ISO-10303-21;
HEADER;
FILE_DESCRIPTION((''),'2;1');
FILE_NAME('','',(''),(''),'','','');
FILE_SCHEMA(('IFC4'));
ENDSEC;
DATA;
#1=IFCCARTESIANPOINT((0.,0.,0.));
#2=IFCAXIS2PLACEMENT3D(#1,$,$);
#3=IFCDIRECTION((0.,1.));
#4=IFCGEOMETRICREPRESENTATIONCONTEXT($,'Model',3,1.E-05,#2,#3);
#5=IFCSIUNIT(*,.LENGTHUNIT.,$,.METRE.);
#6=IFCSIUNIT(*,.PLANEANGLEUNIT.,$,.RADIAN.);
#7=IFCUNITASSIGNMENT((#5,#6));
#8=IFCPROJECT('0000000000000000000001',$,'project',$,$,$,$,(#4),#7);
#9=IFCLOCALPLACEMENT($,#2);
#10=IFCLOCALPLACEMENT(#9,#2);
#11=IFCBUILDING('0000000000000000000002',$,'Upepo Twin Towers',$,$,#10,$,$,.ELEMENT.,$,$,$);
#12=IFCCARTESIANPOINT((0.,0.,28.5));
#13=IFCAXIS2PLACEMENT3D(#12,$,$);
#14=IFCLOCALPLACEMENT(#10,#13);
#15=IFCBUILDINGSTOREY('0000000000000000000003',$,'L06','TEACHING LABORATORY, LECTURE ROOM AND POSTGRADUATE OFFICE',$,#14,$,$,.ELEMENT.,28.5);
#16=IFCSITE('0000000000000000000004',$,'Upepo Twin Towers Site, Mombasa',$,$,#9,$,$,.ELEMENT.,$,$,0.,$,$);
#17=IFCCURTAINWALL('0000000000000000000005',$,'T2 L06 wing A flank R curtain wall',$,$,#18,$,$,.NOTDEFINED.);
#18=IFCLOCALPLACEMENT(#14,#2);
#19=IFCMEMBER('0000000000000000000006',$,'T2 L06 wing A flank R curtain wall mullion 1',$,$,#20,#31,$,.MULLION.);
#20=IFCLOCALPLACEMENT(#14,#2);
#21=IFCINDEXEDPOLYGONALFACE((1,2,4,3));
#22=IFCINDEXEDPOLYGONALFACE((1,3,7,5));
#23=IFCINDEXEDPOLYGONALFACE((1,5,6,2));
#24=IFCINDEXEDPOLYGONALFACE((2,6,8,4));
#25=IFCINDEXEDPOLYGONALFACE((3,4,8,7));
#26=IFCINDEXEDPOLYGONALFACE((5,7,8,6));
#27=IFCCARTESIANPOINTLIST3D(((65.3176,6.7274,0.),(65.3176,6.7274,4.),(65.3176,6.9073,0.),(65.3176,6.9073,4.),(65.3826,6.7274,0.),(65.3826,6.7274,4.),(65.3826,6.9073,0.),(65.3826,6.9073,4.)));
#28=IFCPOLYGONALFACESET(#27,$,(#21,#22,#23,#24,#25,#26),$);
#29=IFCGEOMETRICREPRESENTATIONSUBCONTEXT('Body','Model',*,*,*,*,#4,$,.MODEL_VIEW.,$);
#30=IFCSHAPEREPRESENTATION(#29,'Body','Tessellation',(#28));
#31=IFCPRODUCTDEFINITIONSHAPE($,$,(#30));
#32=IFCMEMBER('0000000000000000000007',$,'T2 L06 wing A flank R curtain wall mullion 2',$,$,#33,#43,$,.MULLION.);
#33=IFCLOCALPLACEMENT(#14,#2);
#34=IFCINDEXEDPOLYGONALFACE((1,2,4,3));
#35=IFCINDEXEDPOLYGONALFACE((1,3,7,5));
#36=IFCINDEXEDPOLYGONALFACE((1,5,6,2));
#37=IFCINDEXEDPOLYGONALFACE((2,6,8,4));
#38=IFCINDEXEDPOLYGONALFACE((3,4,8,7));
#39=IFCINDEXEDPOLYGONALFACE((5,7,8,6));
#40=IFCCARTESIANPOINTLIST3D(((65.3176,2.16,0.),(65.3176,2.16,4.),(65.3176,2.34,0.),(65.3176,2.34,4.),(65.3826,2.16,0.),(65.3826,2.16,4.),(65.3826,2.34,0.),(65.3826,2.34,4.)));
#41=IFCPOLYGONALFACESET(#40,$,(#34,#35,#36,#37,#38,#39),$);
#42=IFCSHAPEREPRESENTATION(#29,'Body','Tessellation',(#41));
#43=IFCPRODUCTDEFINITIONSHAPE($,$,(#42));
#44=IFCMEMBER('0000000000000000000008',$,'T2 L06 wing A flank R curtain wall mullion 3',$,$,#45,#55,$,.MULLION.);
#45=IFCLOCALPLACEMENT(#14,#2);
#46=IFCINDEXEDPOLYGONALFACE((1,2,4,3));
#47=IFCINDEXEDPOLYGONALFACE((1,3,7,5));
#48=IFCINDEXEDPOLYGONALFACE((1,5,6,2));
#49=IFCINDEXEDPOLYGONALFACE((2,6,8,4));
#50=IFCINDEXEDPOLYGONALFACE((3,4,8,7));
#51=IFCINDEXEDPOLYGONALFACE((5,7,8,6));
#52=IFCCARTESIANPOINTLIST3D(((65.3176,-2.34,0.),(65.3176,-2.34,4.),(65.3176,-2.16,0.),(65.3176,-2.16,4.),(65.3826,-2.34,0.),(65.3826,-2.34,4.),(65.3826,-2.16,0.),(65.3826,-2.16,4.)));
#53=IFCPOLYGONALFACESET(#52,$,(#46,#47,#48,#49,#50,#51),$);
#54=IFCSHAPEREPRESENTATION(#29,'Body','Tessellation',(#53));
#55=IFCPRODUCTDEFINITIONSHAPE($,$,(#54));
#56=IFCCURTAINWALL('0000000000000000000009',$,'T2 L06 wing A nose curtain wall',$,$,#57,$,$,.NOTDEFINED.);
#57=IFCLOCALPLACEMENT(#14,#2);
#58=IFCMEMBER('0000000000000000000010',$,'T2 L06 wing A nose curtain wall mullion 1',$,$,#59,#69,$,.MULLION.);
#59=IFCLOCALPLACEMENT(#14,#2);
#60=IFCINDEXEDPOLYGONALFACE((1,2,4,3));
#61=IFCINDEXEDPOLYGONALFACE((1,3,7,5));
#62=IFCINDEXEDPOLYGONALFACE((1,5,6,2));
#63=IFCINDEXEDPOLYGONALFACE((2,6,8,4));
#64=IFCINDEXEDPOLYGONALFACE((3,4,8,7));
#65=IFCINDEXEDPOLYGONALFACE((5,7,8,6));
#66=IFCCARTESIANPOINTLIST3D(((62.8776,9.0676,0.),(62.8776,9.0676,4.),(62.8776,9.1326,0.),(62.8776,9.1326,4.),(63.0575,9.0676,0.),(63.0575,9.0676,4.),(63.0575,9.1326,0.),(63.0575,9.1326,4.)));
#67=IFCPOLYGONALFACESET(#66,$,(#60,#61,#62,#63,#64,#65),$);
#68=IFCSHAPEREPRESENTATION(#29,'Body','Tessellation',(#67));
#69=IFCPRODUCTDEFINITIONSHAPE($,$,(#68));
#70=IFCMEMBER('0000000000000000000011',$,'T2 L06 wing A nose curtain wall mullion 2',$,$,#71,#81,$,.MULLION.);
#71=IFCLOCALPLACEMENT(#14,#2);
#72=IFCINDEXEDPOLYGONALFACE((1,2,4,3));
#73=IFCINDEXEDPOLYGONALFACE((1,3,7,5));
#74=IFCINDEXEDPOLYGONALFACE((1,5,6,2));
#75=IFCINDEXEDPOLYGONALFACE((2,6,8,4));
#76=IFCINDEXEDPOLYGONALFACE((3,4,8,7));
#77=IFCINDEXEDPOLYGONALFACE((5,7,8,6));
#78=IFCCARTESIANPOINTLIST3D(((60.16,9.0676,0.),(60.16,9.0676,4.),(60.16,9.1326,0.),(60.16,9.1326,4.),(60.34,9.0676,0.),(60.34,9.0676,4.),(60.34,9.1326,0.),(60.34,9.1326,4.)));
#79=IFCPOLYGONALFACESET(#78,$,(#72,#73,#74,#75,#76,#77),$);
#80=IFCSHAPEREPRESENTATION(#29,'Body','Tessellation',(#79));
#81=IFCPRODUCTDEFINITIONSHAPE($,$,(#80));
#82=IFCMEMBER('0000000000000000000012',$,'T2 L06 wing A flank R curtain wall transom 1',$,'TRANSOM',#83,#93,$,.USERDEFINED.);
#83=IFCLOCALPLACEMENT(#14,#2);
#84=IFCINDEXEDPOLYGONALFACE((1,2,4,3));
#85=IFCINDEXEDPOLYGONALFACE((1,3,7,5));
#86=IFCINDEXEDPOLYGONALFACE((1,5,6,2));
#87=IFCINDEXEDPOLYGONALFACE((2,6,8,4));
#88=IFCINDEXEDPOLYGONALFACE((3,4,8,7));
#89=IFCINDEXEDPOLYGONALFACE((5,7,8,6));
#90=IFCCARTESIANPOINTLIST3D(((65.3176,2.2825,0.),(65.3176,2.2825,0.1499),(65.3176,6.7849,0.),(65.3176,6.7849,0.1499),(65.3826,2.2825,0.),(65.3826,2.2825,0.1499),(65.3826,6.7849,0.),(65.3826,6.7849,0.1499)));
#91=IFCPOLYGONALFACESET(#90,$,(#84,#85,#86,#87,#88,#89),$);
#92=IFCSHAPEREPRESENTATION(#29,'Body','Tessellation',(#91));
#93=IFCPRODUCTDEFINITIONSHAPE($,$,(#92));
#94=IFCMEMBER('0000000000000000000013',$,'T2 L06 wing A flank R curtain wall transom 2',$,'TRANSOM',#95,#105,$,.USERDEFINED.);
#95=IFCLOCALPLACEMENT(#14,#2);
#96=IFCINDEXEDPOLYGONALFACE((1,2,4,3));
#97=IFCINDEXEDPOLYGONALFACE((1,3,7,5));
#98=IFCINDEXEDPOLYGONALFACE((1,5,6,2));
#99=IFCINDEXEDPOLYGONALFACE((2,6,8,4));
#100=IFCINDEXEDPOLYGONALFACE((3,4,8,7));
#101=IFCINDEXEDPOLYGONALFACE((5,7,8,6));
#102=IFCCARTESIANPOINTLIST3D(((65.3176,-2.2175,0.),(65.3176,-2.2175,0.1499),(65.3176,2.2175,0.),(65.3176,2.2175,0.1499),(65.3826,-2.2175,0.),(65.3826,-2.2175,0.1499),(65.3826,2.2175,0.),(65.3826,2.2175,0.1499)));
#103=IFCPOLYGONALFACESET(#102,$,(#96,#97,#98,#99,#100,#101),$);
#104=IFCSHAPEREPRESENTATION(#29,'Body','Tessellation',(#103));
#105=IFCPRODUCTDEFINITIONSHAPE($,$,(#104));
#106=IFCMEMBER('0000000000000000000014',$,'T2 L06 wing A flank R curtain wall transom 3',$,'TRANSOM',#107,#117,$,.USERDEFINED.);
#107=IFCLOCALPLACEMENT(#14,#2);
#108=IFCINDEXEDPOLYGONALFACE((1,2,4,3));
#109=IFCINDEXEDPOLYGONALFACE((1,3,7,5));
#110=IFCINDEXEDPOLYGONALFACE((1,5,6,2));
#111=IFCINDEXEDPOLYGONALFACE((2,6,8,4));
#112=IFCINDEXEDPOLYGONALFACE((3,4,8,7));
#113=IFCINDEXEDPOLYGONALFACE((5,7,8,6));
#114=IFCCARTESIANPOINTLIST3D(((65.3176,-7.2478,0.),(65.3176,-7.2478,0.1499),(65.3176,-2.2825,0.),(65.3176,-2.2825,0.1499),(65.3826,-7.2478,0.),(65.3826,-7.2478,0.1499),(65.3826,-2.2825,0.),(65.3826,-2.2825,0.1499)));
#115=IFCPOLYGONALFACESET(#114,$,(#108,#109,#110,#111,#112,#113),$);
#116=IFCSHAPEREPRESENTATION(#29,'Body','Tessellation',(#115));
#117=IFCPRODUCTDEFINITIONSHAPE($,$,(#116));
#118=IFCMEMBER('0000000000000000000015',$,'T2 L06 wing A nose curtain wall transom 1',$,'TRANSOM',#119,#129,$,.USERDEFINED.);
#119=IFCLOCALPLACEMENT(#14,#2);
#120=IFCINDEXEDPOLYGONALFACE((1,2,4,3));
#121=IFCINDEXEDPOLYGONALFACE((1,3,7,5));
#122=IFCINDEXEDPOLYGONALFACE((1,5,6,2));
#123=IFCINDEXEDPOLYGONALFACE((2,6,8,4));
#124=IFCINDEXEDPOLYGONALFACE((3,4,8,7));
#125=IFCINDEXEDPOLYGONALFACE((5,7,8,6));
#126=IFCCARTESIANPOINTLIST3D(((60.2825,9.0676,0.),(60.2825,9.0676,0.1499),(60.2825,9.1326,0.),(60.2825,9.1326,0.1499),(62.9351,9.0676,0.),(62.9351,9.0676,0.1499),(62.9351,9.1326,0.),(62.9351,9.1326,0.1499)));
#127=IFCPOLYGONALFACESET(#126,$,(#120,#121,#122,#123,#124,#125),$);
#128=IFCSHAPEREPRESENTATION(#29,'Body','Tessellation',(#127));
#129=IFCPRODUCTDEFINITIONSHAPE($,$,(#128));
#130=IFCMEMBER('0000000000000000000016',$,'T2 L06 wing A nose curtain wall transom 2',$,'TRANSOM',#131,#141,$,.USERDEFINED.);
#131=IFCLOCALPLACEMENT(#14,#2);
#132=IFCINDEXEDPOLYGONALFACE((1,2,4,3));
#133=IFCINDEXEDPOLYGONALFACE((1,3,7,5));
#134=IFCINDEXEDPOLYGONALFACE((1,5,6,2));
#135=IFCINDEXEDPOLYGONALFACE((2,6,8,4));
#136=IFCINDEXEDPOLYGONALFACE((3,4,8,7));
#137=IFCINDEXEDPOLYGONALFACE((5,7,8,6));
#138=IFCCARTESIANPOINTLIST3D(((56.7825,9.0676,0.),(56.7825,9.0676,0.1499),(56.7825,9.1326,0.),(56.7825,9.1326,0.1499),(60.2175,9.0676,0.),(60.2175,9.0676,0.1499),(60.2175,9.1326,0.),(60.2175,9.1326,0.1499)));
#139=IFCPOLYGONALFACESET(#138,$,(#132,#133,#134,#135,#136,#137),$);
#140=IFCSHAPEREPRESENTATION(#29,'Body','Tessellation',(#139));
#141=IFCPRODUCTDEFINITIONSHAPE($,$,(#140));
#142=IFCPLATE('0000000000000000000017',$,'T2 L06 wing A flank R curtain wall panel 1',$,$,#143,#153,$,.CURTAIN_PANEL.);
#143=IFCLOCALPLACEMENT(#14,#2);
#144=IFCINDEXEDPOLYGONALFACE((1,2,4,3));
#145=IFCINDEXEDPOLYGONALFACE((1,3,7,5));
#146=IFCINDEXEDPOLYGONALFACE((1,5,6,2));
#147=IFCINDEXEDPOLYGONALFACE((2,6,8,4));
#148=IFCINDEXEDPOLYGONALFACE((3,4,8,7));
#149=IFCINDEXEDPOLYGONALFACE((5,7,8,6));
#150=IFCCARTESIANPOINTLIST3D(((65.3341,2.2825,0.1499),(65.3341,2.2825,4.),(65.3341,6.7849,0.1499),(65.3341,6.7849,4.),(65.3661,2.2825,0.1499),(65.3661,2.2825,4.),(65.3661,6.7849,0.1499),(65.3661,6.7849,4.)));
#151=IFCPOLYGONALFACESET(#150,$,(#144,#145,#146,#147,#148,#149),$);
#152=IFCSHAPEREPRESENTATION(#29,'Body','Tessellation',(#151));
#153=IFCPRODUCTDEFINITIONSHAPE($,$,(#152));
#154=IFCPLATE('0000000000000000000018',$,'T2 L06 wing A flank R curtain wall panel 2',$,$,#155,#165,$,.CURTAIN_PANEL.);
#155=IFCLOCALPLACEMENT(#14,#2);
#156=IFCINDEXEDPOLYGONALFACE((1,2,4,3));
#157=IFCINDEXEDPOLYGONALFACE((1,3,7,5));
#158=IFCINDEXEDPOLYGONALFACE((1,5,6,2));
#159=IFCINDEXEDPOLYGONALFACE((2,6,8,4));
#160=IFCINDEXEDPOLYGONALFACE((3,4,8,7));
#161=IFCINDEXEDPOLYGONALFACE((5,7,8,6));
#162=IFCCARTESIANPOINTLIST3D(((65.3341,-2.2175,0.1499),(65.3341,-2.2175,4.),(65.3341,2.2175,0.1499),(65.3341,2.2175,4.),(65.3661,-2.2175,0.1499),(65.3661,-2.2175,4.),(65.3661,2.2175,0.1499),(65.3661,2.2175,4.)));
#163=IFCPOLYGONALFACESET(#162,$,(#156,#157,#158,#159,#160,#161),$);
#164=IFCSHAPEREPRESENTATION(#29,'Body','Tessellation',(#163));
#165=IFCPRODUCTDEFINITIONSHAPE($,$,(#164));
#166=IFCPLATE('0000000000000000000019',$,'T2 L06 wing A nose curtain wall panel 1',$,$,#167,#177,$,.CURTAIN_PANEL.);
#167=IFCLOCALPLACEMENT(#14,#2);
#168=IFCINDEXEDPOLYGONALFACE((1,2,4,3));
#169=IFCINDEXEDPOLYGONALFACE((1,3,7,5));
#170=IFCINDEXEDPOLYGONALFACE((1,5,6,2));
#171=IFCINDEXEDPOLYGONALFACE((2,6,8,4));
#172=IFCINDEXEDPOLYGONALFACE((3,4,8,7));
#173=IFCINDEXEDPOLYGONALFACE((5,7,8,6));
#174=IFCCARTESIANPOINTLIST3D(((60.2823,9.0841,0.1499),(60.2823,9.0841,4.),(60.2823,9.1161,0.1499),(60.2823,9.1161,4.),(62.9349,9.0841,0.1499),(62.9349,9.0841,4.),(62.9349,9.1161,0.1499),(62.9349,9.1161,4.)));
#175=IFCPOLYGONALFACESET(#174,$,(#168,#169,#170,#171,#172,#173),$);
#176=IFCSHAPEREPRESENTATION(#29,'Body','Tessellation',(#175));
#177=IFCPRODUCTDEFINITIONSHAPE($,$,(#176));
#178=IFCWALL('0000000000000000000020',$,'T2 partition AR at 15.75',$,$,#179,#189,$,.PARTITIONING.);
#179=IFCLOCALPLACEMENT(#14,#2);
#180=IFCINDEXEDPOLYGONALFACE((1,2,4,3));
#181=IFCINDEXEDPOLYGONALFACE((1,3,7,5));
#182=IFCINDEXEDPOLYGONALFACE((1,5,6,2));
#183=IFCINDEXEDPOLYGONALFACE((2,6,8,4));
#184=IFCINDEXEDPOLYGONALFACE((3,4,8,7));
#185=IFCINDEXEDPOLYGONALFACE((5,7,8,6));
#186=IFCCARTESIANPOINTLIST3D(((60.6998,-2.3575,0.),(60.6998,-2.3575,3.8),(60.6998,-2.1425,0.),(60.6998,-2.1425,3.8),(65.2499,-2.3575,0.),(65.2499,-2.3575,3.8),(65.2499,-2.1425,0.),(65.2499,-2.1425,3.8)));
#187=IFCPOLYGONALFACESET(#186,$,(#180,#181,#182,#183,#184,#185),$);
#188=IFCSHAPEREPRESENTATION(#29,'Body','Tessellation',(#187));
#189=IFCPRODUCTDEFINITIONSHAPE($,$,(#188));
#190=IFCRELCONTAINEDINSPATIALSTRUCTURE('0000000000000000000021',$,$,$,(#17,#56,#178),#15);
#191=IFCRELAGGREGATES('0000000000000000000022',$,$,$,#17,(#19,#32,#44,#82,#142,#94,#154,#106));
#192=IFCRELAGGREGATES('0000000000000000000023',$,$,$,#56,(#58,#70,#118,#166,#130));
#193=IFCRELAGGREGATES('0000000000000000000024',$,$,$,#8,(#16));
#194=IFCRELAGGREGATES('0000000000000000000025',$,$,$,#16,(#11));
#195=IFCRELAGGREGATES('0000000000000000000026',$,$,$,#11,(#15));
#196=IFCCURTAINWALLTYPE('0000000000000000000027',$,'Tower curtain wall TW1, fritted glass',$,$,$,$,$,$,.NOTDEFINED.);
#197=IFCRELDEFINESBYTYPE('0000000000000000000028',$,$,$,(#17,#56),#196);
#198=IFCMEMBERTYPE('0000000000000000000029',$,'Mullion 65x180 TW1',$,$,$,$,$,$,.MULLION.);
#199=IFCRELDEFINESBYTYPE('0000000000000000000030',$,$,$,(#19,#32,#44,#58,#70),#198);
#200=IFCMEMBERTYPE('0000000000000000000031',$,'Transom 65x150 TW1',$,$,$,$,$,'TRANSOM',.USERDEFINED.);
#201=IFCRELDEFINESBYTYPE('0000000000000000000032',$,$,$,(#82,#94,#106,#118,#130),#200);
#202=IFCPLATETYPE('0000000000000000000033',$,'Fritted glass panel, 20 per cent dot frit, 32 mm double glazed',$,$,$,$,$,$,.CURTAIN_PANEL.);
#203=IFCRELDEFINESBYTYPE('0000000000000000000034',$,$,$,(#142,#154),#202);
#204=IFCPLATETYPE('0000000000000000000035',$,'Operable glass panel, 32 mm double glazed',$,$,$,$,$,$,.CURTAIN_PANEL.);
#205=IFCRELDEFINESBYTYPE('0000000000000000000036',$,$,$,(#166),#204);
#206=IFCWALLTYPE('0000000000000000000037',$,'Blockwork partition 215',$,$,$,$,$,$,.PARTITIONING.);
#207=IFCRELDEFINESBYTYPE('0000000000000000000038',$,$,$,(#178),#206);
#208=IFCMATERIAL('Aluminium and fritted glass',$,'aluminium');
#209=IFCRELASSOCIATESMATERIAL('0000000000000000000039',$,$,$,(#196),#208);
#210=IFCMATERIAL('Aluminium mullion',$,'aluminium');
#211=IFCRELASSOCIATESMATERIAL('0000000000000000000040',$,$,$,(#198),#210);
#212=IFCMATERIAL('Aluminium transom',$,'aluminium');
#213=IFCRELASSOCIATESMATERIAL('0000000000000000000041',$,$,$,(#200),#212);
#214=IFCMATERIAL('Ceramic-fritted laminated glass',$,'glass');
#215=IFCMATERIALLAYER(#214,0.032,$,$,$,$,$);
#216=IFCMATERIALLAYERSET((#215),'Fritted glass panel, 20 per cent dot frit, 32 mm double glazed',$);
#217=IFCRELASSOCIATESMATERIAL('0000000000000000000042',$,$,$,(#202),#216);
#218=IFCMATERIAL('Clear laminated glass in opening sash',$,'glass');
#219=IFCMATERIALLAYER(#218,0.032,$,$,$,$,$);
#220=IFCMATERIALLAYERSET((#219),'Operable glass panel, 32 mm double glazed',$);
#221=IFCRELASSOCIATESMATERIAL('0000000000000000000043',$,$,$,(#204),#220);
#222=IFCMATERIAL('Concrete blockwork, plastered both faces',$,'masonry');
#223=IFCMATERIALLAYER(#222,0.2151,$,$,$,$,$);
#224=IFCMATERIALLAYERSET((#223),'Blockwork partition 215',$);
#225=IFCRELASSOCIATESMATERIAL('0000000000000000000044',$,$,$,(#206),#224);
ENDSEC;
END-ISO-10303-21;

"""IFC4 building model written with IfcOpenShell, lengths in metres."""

from ifc_helpers import new_model, si_unit, direction, frame, frame_2d, origin, origin_2d, place, context, subcontext, project, spatial, rectangle, extrude, material, layer, layer_set, material_profile, profile_set, type_object, element, aggregate, save


model = new_model("IFC4")

# Units and contexts
model_context = context("Model", 3, precision=1e-05, world=origin(), true_north=direction((0.0, 1.0)))
body_context = subcontext(model_context, "Body", "Model", "MODEL_VIEW")
ifc_project = project(units=[si_unit("LENGTHUNIT", "METRE"), si_unit("PLANEANGLEUNIT", "RADIAN")], contexts=[model_context])

# Site, building, storey
site_placement = place(None, origin())
site = spatial("IfcSite", under=ifc_project, at=site_placement, Name="Upepo Twin Towers Site, Mombasa", CompositionType="ELEMENT", RefElevation=0.0)
building_placement = place(site_placement, origin())
building = spatial("IfcBuilding", under=site, at=building_placement, Name="Upepo Twin Towers", CompositionType="ELEMENT")
storey_placement = place(building_placement, frame((0.0, 0.0, 28.5)))
storey = spatial("IfcBuildingStorey", under=building, at=storey_placement, Name="L06", Description="TEACHING LABORATORY, LECTURE ROOM AND POSTGRADUATE OFFICE", CompositionType="ELEMENT", Elevation=28.5)

# Curtain walls, members
ifc_material_1 = material(Name="Aluminium and fritted glass", Category="aluminium")
curtain_wall_type = type_object("IfcCurtainWallType", Name="Tower curtain wall TW1, fritted glass", PredefinedType="NOTDEFINED", material=ifc_material_1)
curtain_wall_1_placement = place(storey_placement, origin())
curtain_wall_1 = element("IfcCurtainWall", 1, at=curtain_wall_1_placement, inside=storey, type_object=curtain_wall_type, Name="T2 L06 wing A flank R curtain wall", PredefinedType="NOTDEFINED")
ifc_material_2 = material(Name="Aluminium mullion", Category="aluminium")
ifc_material_profile_1 = material_profile(ifc_material_2, rectangle(XDim=0.0649, YDim=0.1799, at=origin_2d()), Name="MULLION 65x180")
ifc_profile_set_1 = profile_set([ifc_material_profile_1], Name="Aluminium mullion")
member_type_1 = type_object("IfcMemberType", Name="Mullion 65x180 TW1", PredefinedType="MULLION", material=ifc_profile_set_1)
member_1_placement = place(storey_placement, frame((65.3501, 6.8174, 0.0), z_axis=(0.0, 0.0, 1.0), x_axis=(1.0, 0.0, 0.0)))
member_1 = element("IfcMember", 2, at=member_1_placement, type_object=member_type_1, Name="T2 L06 wing A flank R curtain wall mullion 1", PredefinedType="MULLION", context=body_context, shape_type="SweptSolid", body=[
    extrude(rectangle(XDim=0.0649, YDim=0.1799, at=origin_2d()), origin(), (0.0, 0.0, 1.0), 4.0),
])
member_2_placement = place(storey_placement, frame((65.3501, 2.25, 0.0), z_axis=(0.0, 0.0, 1.0), x_axis=(1.0, 0.0, 0.0)))
member_2 = element("IfcMember", 3, at=member_2_placement, type_object=member_type_1, Name="T2 L06 wing A flank R curtain wall mullion 2", PredefinedType="MULLION", context=body_context, shape_type="SweptSolid", body=[
    extrude(rectangle(XDim=0.0649, YDim=0.1799, at=origin_2d()), origin(), (0.0, 0.0, 1.0), 4.0),
])
member_3_placement = place(storey_placement, frame((65.3501, -2.25, 0.0), z_axis=(0.0, 0.0, 1.0), x_axis=(1.0, 0.0, 0.0)))
member_3 = element("IfcMember", 4, at=member_3_placement, type_object=member_type_1, Name="T2 L06 wing A flank R curtain wall mullion 3", PredefinedType="MULLION", context=body_context, shape_type="SweptSolid", body=[
    extrude(rectangle(XDim=0.0649, YDim=0.1799, at=origin_2d()), origin(), (0.0, 0.0, 1.0), 4.0),
])
curtain_wall_2_placement = place(storey_placement, origin())
curtain_wall_2 = element("IfcCurtainWall", 5, at=curtain_wall_2_placement, inside=storey, type_object=curtain_wall_type, Name="T2 L06 wing A nose curtain wall", PredefinedType="NOTDEFINED")
member_4_placement = place(storey_placement, frame((62.9675, 9.1001, 0.0), z_axis=(0.0, 0.0, 1.0), x_axis=(0.0, -1.0, 0.0)))
member_4 = element("IfcMember", 6, at=member_4_placement, type_object=member_type_1, Name="T2 L06 wing A nose curtain wall mullion 1", PredefinedType="MULLION", context=body_context, shape_type="SweptSolid", body=[
    extrude(rectangle(XDim=0.0649, YDim=0.1799, at=origin_2d()), origin(), (0.0, 0.0, 1.0), 4.0),
])
member_5_placement = place(storey_placement, frame((60.25, 9.1001, 0.0), z_axis=(0.0, 0.0, 1.0), x_axis=(0.0, -1.0, 0.0)))
member_5 = element("IfcMember", 7, at=member_5_placement, type_object=member_type_1, Name="T2 L06 wing A nose curtain wall mullion 2", PredefinedType="MULLION", context=body_context, shape_type="SweptSolid", body=[
    extrude(rectangle(XDim=0.0649, YDim=0.1799, at=origin_2d()), origin(), (0.0, 0.0, 1.0), 4.0),
])

# Members
ifc_material_3 = material(Name="Aluminium transom", Category="aluminium")
ifc_material_profile_2 = material_profile(ifc_material_3, rectangle(XDim=0.0649, YDim=0.1499, at=origin_2d()), Name="TRANSOM 65x150")
ifc_profile_set_2 = profile_set([ifc_material_profile_2], Name="Aluminium transom")
member_type_2 = type_object("IfcMemberType", Name="Transom 65x150 TW1", ElementType="TRANSOM", PredefinedType="USERDEFINED", material=ifc_profile_set_2)
member_6_placement = place(storey_placement, frame((65.3501, 6.7849, 0.075), z_axis=(0.0, -1.0, 0.0), x_axis=(1.0, 0.0, 0.0)))
member_6 = element("IfcMember", 8, at=member_6_placement, type_object=member_type_2, Name="T2 L06 wing A flank R curtain wall transom 1", ObjectType="TRANSOM", PredefinedType="USERDEFINED", context=body_context, shape_type="SweptSolid", body=[
    extrude(rectangle(XDim=0.0649, YDim=0.1499, at=origin_2d()), origin(), (0.0, 0.0, 1.0), 4.5024),
])
member_7_placement = place(storey_placement, frame((65.3501, 2.2175, 0.075), z_axis=(0.0, -1.0, 0.0), x_axis=(1.0, 0.0, 0.0)))
member_7 = element("IfcMember", 9, at=member_7_placement, type_object=member_type_2, Name="T2 L06 wing A flank R curtain wall transom 2", ObjectType="TRANSOM", PredefinedType="USERDEFINED", context=body_context, shape_type="SweptSolid", body=[
    extrude(rectangle(XDim=0.0649, YDim=0.1499, at=origin_2d()), origin(), (0.0, 0.0, 1.0), 4.4351),
])
member_8_placement = place(storey_placement, frame((65.3501, -2.2825, 0.075), z_axis=(0.0, -1.0, 0.0), x_axis=(1.0, 0.0, 0.0)))
member_8 = element("IfcMember", 10, at=member_8_placement, type_object=member_type_2, Name="T2 L06 wing A flank R curtain wall transom 3", ObjectType="TRANSOM", PredefinedType="USERDEFINED", context=body_context, shape_type="SweptSolid", body=[
    extrude(rectangle(XDim=0.0649, YDim=0.1499, at=origin_2d()), origin(), (0.0, 0.0, 1.0), 4.9653),
])
member_9_placement = place(storey_placement, frame((62.9351, 9.1001, 0.075), z_axis=(-1.0, 0.0, 0.0), x_axis=(0.0, -1.0, 0.0)))
member_9 = element("IfcMember", 11, at=member_9_placement, type_object=member_type_2, Name="T2 L06 wing A nose curtain wall transom 1", ObjectType="TRANSOM", PredefinedType="USERDEFINED", context=body_context, shape_type="SweptSolid", body=[
    extrude(rectangle(XDim=0.0649, YDim=0.1499, at=origin_2d()), origin(), (0.0, 0.0, 1.0), 2.6526),
])
member_10_placement = place(storey_placement, frame((60.2175, 9.1001, 0.075), z_axis=(-1.0, 0.0, 0.0), x_axis=(0.0, -1.0, 0.0)))
member_10 = element("IfcMember", 12, at=member_10_placement, type_object=member_type_2, Name="T2 L06 wing A nose curtain wall transom 2", ObjectType="TRANSOM", PredefinedType="USERDEFINED", context=body_context, shape_type="SweptSolid", body=[
    extrude(rectangle(XDim=0.0649, YDim=0.1499, at=origin_2d()), origin(), (0.0, 0.0, 1.0), 3.4351),
])

# Plates
ifc_material_4 = material(Name="Ceramic-fritted laminated glass", Category="glass")
ifc_layer_1 = layer(ifc_material_4, 0.032)
ifc_layer_set_1 = layer_set([ifc_layer_1], Name="Fritted glass panel, 20 per cent dot frit, 32 mm double glazed")
plate_type_1 = type_object("IfcPlateType", Name="Fritted glass panel, 20 per cent dot frit, 32 mm double glazed", PredefinedType="CURTAIN_PANEL", material=ifc_layer_set_1)
plate_1_placement = place(storey_placement, frame((65.3501, 4.5337, 0.1499), z_axis=(0.0, 0.0, 1.0), x_axis=(0.0, -1.0, 0.0)))
plate_1 = element("IfcPlate", 13, at=plate_1_placement, type_object=plate_type_1, Name="T2 L06 wing A flank R curtain wall panel 1", PredefinedType="CURTAIN_PANEL", context=body_context, shape_type="SweptSolid", body=[
    extrude(rectangle(XDim=4.5024, YDim=0.032, at=origin_2d()), origin(), (0.0, 0.0, 1.0), 3.8501),
])
plate_2_placement = place(storey_placement, frame((65.3501, 0.0, 0.1499), z_axis=(0.0, 0.0, 1.0), x_axis=(0.0, -1.0, 0.0)))
plate_2 = element("IfcPlate", 14, at=plate_2_placement, type_object=plate_type_1, Name="T2 L06 wing A flank R curtain wall panel 2", PredefinedType="CURTAIN_PANEL", context=body_context, shape_type="SweptSolid", body=[
    extrude(rectangle(XDim=4.4351, YDim=0.032, at=origin_2d()), origin(), (0.0, 0.0, 1.0), 3.8501),
])
aggregate(curtain_wall_1, [member_1, member_2, member_3, member_6, plate_1, member_7, plate_2, member_8])
ifc_material_5 = material(Name="Clear laminated glass in opening sash", Category="glass")
ifc_layer_2 = layer(ifc_material_5, 0.032)
ifc_layer_set_2 = layer_set([ifc_layer_2], Name="Operable glass panel, 32 mm double glazed")
plate_type_2 = type_object("IfcPlateType", Name="Operable glass panel, 32 mm double glazed", PredefinedType="CURTAIN_PANEL", material=ifc_layer_set_2)
plate_3_placement = place(storey_placement, frame((61.6086, 9.1001, 0.1499), z_axis=(0.0, 0.0, 1.0), x_axis=(-1.0, 0.0, 0.0)))
plate_3 = element("IfcPlate", 15, at=plate_3_placement, type_object=plate_type_2, Name="T2 L06 wing A nose curtain wall panel 1", PredefinedType="CURTAIN_PANEL", context=body_context, shape_type="SweptSolid", body=[
    extrude(rectangle(XDim=2.6526, YDim=0.032, at=origin_2d()), origin(), (0.0, 0.0, 1.0), 3.8501),
])
aggregate(curtain_wall_2, [member_4, member_5, member_9, plate_3, member_10])

# Wall
ifc_material_6 = material(Name="Concrete blockwork, plastered both faces", Category="masonry")
ifc_layer_3 = layer(ifc_material_6, 0.2151)
ifc_layer_set_3 = layer_set([ifc_layer_3], Name="Blockwork partition 215")
wall_type_1 = type_object("IfcWallType", Name="Blockwork partition 215", PredefinedType="PARTITIONING", material=ifc_layer_set_3)
wall_1_placement = place(storey_placement, frame((60.7, -2.25, 0.0), z_axis=(0.0, 0.0, 1.0), x_axis=(1.0, 0.0, 0.0)))
element("IfcWall", 16, at=wall_1_placement, inside=storey, type_object=wall_type_1, Name="T2 partition AR at 15.75", PredefinedType="PARTITIONING", context=body_context, shape_type="SweptSolid", body=[
    extrude(rectangle(XDim=4.55, YDim=0.2151, at=frame_2d((2.2749, 0.0))), origin(), (0.0, 0.0, 1.0), 3.8),
])

save(model, "model.ifc")
